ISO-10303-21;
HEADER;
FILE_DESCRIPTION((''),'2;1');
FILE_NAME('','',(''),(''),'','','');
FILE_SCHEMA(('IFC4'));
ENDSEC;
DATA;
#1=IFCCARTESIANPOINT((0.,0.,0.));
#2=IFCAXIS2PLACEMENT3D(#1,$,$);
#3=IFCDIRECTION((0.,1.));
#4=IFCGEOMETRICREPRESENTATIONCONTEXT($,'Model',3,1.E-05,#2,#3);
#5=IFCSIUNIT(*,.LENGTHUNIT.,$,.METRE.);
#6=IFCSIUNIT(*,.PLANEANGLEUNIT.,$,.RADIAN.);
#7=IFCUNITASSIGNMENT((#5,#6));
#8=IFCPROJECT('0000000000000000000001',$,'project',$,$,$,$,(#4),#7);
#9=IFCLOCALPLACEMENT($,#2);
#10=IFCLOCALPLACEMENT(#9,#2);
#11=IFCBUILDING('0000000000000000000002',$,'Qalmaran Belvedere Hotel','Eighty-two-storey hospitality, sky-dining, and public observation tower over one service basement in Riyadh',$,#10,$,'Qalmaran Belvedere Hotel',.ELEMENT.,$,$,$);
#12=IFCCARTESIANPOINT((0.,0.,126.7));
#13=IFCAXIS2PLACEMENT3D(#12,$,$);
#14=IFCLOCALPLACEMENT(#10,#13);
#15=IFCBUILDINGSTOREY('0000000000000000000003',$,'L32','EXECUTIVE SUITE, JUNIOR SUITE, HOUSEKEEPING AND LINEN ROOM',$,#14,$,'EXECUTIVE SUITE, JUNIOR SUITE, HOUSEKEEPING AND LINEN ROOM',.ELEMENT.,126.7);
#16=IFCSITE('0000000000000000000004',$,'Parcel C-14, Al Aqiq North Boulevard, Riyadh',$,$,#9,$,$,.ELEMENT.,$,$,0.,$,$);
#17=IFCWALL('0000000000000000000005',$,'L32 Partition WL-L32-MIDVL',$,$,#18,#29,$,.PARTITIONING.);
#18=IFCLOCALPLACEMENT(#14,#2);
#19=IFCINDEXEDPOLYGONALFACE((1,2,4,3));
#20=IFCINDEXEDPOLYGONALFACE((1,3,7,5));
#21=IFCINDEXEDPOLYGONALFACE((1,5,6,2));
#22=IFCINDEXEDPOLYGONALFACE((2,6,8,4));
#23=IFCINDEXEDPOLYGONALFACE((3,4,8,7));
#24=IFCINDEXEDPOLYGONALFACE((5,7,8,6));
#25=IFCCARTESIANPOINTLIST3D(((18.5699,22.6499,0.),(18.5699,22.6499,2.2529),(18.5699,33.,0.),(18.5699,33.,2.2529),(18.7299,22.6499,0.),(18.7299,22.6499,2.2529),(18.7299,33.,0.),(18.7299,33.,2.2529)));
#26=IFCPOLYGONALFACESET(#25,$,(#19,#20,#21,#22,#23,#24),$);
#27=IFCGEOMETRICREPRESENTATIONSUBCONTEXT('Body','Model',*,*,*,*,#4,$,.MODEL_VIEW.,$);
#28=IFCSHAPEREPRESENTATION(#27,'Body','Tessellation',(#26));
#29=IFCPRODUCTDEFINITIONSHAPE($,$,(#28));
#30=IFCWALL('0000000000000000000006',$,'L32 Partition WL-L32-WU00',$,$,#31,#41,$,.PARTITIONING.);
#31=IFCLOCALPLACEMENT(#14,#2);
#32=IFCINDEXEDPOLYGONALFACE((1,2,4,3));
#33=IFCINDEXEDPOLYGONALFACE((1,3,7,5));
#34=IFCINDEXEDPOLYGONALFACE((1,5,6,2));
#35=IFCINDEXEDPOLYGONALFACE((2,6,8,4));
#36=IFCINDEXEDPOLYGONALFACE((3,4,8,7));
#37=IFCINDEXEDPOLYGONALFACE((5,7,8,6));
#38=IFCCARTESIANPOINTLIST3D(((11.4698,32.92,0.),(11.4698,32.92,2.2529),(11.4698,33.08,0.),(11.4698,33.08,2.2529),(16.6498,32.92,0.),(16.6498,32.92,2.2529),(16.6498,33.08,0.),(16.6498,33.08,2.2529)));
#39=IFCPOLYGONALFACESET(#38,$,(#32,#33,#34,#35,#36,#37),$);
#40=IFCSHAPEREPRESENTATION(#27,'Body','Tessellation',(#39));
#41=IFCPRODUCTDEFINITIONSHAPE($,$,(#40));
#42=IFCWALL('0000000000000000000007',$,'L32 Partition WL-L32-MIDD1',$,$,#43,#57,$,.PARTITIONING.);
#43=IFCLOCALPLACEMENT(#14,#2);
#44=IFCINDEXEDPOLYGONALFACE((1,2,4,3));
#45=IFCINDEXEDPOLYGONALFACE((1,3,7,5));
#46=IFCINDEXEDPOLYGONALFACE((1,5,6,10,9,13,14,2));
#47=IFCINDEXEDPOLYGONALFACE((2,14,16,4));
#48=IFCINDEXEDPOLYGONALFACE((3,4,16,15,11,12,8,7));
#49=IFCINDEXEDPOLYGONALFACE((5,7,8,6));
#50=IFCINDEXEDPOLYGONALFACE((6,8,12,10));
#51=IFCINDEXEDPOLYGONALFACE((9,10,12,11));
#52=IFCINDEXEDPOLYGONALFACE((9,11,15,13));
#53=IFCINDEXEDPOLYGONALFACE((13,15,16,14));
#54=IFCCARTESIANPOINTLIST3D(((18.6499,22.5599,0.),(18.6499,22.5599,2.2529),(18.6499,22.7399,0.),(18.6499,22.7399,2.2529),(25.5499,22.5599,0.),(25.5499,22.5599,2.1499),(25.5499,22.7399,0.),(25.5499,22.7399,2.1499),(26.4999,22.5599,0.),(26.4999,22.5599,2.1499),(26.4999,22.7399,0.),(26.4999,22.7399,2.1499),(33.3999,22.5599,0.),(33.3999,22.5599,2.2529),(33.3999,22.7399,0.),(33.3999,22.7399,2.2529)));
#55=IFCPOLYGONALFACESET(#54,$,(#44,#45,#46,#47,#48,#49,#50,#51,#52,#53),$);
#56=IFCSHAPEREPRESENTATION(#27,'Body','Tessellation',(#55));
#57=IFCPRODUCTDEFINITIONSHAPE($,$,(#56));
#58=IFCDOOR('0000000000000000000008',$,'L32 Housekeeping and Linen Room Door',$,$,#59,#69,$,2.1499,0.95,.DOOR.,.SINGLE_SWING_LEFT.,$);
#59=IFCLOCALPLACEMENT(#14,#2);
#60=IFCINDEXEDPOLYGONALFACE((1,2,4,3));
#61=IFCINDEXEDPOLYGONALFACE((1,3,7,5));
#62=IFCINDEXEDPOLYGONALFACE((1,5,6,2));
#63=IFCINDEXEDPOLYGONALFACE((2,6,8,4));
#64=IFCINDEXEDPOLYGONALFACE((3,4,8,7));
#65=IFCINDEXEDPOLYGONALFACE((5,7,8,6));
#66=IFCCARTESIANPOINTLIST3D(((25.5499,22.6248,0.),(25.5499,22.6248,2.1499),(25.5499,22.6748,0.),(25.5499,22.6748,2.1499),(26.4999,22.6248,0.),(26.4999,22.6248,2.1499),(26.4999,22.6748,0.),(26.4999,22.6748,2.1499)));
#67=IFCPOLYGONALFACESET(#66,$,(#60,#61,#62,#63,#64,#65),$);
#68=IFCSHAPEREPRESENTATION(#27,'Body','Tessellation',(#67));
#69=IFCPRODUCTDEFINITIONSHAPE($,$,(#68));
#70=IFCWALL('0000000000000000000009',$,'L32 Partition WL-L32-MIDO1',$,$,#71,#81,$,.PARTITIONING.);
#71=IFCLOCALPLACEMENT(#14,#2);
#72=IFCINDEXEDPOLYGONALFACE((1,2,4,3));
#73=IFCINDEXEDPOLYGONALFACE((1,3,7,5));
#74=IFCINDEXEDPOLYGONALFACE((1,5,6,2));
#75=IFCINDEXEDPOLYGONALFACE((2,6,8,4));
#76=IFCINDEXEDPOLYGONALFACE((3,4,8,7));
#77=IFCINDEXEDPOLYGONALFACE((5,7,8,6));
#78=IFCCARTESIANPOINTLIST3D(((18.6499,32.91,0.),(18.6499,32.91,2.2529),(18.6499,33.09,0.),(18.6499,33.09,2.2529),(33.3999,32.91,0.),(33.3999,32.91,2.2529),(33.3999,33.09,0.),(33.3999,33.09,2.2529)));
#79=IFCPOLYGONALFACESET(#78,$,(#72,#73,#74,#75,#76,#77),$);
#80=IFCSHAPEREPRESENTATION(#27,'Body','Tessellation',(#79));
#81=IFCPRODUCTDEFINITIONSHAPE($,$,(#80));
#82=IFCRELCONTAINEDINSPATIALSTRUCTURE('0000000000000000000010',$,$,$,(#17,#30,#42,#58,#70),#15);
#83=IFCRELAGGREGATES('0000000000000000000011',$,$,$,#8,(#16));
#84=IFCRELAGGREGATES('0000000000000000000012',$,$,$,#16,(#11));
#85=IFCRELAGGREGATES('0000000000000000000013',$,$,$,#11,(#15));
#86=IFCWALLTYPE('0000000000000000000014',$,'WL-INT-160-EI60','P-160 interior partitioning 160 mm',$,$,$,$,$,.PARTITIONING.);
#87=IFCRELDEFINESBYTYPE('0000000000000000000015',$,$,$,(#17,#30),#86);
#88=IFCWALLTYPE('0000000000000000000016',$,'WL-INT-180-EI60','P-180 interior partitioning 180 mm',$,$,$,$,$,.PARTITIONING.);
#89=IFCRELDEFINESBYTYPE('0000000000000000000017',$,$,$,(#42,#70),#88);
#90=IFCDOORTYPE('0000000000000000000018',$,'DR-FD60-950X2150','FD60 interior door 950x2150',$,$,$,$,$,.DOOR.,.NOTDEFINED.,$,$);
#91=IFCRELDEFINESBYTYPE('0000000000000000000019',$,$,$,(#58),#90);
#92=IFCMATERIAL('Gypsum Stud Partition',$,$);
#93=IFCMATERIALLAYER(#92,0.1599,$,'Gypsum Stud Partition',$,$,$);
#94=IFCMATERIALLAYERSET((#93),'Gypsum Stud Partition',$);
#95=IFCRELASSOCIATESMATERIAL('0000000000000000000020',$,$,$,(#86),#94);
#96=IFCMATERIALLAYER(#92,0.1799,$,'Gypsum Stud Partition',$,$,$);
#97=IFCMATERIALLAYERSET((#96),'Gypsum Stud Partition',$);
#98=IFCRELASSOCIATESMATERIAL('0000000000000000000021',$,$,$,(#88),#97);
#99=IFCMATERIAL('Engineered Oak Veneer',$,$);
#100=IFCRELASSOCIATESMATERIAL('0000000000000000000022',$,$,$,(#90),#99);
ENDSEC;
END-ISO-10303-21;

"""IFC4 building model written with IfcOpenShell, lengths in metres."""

from ifc_helpers import new_model, si_unit, direction, frame, frame_2d, origin, place, context, subcontext, project, spatial, rectangle, extrude, material, layer, layer_set, type_object, element, fill, save


model = new_model("IFC4")

# Units and contexts
model_context = context("Model", 3, precision=1e-05, world=origin(), true_north=direction((0.0, 1.0)))
body_context = subcontext(model_context, "Body", "Model", "MODEL_VIEW")
ifc_project = project(units=[si_unit("LENGTHUNIT", "METRE"), si_unit("PLANEANGLEUNIT", "RADIAN")], contexts=[model_context])

# Site, building, storey
site_placement = place(None, origin())
site = spatial("IfcSite", under=ifc_project, at=site_placement, Name="Parcel C-14, Al Aqiq North Boulevard, Riyadh", CompositionType="ELEMENT", RefElevation=0.0)
building_placement = place(site_placement, origin())
building = spatial("IfcBuilding", under=site, at=building_placement, Name="Qalmaran Belvedere Hotel", Description="Eighty-two-storey hospitality, sky-dining, and public observation tower over one service basement in Riyadh", LongName="Qalmaran Belvedere Hotel", CompositionType="ELEMENT")
storey_placement = place(building_placement, frame((0.0, 0.0, 126.7)))
storey = spatial("IfcBuildingStorey", under=building, at=storey_placement, Name="L32", Description="EXECUTIVE SUITE, JUNIOR SUITE, HOUSEKEEPING AND LINEN ROOM", LongName="EXECUTIVE SUITE, JUNIOR SUITE, HOUSEKEEPING AND LINEN ROOM", CompositionType="ELEMENT", Elevation=126.7)

# Shared definitions
ifc_material_1 = material(Name="Gypsum Stud Partition")

# Walls
ifc_layer_1 = layer(ifc_material_1, 0.1599, Name="Gypsum Stud Partition")
ifc_layer_set_1 = layer_set([ifc_layer_1], Name="Gypsum Stud Partition")
wall_type_1 = type_object("IfcWallType", Name="WL-INT-160-EI60", Description="P-160 interior partitioning 160 mm", PredefinedType="PARTITIONING", material=ifc_layer_set_1)
wall_1_placement = place(storey_placement, frame((18.6499, 22.6499, 0.0), z_axis=(0.0, 0.0, 1.0), x_axis=(0.0, 1.0, 0.0)))
element("IfcWall", 1, at=wall_1_placement, inside=storey, type_object=wall_type_1, Name="L32 Partition WL-L32-MIDVL", PredefinedType="PARTITIONING", context=body_context, shape_type="SweptSolid", body=[
    extrude(rectangle(XDim=10.3501, YDim=0.1599, at=frame_2d((5.175, 0.0))), origin(), (0.0, 0.0, 1.0), 2.2529),
])
wall_2_placement = place(storey_placement, frame((11.47, 33.0, 0.0), z_axis=(0.0, 0.0, 1.0), x_axis=(1.0, 0.0, 0.0)))
element("IfcWall", 2, at=wall_2_placement, inside=storey, type_object=wall_type_1, Name="L32 Partition WL-L32-WU00", PredefinedType="PARTITIONING", context=body_context, shape_type="SweptSolid", body=[
    extrude(rectangle(XDim=5.1799, YDim=0.1599, at=frame_2d((2.5898, 0.0))), origin(), (0.0, 0.0, 1.0), 2.2529),
])

# Wall, opening, door
ifc_layer_2 = layer(ifc_material_1, 0.1799, Name="Gypsum Stud Partition")
ifc_layer_set_2 = layer_set([ifc_layer_2], Name="Gypsum Stud Partition")
wall_type_2 = type_object("IfcWallType", Name="WL-INT-180-EI60", Description="P-180 interior partitioning 180 mm", PredefinedType="PARTITIONING", material=ifc_layer_set_2)
wall_3_placement = place(storey_placement, frame((18.6499, 22.6499, 0.0), z_axis=(0.0, 0.0, 1.0), x_axis=(1.0, 0.0, 0.0)))
wall_3 = element("IfcWall", 3, at=wall_3_placement, inside=storey, type_object=wall_type_2, Name="L32 Partition WL-L32-MIDD1", PredefinedType="PARTITIONING", context=body_context, shape_type="SweptSolid", body=[
    extrude(rectangle(XDim=14.75, YDim=0.1799, at=frame_2d((7.375, 0.0))), origin(), (0.0, 0.0, 1.0), 2.2529),
])
opening_1_placement = place(wall_3_placement, frame((6.8999, 0.0, 0.0)))
opening_1 = element("IfcOpeningElement", 4, at=opening_1_placement, cuts=wall_3, PredefinedType="OPENING", context=body_context, shape_type="SweptSolid", body=[
    extrude(rectangle(XDim=0.95, YDim=2.1499, at=frame_2d((0.4751, 1.075))), frame((0.0, 0.1001, 0.0), z_axis=(0.0, -1.0, 0.0), x_axis=(1.0, 0.0, 0.0)), (0.0, 0.0, 1.0), 0.2),
])
ifc_material_2 = material(Name="Engineered Oak Veneer")
door_type_1 = type_object("IfcDoorType", Name="DR-FD60-950X2150", Description="FD60 interior door 950x2150", OperationType="NOTDEFINED", PredefinedType="DOOR", material=ifc_material_2)
door_1_placement = place(opening_1_placement, origin())
door_1 = element("IfcDoor", 5, at=door_1_placement, inside=storey, type_object=door_type_1, Name="L32 Housekeeping and Linen Room Door", OperationType="SINGLE_SWING_LEFT", OverallHeight=2.1499, OverallWidth=0.95, PredefinedType="DOOR", context=body_context, shape_type="SweptSolid", body=[
    extrude(rectangle(XDim=0.95, YDim=2.1499, at=frame_2d((0.4751, 1.075))), frame((0.0, 0.0249, 0.0), z_axis=(0.0, -1.0, 0.0), x_axis=(1.0, 0.0, 0.0)), (0.0, 0.0, 1.0), 0.05),
])
fill(opening_1, door_1)

# Wall
wall_4_placement = place(storey_placement, frame((18.6499, 33.0, 0.0), z_axis=(0.0, 0.0, 1.0), x_axis=(1.0, 0.0, 0.0)))
element("IfcWall", 6, at=wall_4_placement, inside=storey, type_object=wall_type_2, Name="L32 Partition WL-L32-MIDO1", PredefinedType="PARTITIONING", context=body_context, shape_type="SweptSolid", body=[
    extrude(rectangle(XDim=14.75, YDim=0.1799, at=frame_2d((7.375, 0.0))), origin(), (0.0, 0.0, 1.0), 2.2529),
])

save(model, "model.ifc")
